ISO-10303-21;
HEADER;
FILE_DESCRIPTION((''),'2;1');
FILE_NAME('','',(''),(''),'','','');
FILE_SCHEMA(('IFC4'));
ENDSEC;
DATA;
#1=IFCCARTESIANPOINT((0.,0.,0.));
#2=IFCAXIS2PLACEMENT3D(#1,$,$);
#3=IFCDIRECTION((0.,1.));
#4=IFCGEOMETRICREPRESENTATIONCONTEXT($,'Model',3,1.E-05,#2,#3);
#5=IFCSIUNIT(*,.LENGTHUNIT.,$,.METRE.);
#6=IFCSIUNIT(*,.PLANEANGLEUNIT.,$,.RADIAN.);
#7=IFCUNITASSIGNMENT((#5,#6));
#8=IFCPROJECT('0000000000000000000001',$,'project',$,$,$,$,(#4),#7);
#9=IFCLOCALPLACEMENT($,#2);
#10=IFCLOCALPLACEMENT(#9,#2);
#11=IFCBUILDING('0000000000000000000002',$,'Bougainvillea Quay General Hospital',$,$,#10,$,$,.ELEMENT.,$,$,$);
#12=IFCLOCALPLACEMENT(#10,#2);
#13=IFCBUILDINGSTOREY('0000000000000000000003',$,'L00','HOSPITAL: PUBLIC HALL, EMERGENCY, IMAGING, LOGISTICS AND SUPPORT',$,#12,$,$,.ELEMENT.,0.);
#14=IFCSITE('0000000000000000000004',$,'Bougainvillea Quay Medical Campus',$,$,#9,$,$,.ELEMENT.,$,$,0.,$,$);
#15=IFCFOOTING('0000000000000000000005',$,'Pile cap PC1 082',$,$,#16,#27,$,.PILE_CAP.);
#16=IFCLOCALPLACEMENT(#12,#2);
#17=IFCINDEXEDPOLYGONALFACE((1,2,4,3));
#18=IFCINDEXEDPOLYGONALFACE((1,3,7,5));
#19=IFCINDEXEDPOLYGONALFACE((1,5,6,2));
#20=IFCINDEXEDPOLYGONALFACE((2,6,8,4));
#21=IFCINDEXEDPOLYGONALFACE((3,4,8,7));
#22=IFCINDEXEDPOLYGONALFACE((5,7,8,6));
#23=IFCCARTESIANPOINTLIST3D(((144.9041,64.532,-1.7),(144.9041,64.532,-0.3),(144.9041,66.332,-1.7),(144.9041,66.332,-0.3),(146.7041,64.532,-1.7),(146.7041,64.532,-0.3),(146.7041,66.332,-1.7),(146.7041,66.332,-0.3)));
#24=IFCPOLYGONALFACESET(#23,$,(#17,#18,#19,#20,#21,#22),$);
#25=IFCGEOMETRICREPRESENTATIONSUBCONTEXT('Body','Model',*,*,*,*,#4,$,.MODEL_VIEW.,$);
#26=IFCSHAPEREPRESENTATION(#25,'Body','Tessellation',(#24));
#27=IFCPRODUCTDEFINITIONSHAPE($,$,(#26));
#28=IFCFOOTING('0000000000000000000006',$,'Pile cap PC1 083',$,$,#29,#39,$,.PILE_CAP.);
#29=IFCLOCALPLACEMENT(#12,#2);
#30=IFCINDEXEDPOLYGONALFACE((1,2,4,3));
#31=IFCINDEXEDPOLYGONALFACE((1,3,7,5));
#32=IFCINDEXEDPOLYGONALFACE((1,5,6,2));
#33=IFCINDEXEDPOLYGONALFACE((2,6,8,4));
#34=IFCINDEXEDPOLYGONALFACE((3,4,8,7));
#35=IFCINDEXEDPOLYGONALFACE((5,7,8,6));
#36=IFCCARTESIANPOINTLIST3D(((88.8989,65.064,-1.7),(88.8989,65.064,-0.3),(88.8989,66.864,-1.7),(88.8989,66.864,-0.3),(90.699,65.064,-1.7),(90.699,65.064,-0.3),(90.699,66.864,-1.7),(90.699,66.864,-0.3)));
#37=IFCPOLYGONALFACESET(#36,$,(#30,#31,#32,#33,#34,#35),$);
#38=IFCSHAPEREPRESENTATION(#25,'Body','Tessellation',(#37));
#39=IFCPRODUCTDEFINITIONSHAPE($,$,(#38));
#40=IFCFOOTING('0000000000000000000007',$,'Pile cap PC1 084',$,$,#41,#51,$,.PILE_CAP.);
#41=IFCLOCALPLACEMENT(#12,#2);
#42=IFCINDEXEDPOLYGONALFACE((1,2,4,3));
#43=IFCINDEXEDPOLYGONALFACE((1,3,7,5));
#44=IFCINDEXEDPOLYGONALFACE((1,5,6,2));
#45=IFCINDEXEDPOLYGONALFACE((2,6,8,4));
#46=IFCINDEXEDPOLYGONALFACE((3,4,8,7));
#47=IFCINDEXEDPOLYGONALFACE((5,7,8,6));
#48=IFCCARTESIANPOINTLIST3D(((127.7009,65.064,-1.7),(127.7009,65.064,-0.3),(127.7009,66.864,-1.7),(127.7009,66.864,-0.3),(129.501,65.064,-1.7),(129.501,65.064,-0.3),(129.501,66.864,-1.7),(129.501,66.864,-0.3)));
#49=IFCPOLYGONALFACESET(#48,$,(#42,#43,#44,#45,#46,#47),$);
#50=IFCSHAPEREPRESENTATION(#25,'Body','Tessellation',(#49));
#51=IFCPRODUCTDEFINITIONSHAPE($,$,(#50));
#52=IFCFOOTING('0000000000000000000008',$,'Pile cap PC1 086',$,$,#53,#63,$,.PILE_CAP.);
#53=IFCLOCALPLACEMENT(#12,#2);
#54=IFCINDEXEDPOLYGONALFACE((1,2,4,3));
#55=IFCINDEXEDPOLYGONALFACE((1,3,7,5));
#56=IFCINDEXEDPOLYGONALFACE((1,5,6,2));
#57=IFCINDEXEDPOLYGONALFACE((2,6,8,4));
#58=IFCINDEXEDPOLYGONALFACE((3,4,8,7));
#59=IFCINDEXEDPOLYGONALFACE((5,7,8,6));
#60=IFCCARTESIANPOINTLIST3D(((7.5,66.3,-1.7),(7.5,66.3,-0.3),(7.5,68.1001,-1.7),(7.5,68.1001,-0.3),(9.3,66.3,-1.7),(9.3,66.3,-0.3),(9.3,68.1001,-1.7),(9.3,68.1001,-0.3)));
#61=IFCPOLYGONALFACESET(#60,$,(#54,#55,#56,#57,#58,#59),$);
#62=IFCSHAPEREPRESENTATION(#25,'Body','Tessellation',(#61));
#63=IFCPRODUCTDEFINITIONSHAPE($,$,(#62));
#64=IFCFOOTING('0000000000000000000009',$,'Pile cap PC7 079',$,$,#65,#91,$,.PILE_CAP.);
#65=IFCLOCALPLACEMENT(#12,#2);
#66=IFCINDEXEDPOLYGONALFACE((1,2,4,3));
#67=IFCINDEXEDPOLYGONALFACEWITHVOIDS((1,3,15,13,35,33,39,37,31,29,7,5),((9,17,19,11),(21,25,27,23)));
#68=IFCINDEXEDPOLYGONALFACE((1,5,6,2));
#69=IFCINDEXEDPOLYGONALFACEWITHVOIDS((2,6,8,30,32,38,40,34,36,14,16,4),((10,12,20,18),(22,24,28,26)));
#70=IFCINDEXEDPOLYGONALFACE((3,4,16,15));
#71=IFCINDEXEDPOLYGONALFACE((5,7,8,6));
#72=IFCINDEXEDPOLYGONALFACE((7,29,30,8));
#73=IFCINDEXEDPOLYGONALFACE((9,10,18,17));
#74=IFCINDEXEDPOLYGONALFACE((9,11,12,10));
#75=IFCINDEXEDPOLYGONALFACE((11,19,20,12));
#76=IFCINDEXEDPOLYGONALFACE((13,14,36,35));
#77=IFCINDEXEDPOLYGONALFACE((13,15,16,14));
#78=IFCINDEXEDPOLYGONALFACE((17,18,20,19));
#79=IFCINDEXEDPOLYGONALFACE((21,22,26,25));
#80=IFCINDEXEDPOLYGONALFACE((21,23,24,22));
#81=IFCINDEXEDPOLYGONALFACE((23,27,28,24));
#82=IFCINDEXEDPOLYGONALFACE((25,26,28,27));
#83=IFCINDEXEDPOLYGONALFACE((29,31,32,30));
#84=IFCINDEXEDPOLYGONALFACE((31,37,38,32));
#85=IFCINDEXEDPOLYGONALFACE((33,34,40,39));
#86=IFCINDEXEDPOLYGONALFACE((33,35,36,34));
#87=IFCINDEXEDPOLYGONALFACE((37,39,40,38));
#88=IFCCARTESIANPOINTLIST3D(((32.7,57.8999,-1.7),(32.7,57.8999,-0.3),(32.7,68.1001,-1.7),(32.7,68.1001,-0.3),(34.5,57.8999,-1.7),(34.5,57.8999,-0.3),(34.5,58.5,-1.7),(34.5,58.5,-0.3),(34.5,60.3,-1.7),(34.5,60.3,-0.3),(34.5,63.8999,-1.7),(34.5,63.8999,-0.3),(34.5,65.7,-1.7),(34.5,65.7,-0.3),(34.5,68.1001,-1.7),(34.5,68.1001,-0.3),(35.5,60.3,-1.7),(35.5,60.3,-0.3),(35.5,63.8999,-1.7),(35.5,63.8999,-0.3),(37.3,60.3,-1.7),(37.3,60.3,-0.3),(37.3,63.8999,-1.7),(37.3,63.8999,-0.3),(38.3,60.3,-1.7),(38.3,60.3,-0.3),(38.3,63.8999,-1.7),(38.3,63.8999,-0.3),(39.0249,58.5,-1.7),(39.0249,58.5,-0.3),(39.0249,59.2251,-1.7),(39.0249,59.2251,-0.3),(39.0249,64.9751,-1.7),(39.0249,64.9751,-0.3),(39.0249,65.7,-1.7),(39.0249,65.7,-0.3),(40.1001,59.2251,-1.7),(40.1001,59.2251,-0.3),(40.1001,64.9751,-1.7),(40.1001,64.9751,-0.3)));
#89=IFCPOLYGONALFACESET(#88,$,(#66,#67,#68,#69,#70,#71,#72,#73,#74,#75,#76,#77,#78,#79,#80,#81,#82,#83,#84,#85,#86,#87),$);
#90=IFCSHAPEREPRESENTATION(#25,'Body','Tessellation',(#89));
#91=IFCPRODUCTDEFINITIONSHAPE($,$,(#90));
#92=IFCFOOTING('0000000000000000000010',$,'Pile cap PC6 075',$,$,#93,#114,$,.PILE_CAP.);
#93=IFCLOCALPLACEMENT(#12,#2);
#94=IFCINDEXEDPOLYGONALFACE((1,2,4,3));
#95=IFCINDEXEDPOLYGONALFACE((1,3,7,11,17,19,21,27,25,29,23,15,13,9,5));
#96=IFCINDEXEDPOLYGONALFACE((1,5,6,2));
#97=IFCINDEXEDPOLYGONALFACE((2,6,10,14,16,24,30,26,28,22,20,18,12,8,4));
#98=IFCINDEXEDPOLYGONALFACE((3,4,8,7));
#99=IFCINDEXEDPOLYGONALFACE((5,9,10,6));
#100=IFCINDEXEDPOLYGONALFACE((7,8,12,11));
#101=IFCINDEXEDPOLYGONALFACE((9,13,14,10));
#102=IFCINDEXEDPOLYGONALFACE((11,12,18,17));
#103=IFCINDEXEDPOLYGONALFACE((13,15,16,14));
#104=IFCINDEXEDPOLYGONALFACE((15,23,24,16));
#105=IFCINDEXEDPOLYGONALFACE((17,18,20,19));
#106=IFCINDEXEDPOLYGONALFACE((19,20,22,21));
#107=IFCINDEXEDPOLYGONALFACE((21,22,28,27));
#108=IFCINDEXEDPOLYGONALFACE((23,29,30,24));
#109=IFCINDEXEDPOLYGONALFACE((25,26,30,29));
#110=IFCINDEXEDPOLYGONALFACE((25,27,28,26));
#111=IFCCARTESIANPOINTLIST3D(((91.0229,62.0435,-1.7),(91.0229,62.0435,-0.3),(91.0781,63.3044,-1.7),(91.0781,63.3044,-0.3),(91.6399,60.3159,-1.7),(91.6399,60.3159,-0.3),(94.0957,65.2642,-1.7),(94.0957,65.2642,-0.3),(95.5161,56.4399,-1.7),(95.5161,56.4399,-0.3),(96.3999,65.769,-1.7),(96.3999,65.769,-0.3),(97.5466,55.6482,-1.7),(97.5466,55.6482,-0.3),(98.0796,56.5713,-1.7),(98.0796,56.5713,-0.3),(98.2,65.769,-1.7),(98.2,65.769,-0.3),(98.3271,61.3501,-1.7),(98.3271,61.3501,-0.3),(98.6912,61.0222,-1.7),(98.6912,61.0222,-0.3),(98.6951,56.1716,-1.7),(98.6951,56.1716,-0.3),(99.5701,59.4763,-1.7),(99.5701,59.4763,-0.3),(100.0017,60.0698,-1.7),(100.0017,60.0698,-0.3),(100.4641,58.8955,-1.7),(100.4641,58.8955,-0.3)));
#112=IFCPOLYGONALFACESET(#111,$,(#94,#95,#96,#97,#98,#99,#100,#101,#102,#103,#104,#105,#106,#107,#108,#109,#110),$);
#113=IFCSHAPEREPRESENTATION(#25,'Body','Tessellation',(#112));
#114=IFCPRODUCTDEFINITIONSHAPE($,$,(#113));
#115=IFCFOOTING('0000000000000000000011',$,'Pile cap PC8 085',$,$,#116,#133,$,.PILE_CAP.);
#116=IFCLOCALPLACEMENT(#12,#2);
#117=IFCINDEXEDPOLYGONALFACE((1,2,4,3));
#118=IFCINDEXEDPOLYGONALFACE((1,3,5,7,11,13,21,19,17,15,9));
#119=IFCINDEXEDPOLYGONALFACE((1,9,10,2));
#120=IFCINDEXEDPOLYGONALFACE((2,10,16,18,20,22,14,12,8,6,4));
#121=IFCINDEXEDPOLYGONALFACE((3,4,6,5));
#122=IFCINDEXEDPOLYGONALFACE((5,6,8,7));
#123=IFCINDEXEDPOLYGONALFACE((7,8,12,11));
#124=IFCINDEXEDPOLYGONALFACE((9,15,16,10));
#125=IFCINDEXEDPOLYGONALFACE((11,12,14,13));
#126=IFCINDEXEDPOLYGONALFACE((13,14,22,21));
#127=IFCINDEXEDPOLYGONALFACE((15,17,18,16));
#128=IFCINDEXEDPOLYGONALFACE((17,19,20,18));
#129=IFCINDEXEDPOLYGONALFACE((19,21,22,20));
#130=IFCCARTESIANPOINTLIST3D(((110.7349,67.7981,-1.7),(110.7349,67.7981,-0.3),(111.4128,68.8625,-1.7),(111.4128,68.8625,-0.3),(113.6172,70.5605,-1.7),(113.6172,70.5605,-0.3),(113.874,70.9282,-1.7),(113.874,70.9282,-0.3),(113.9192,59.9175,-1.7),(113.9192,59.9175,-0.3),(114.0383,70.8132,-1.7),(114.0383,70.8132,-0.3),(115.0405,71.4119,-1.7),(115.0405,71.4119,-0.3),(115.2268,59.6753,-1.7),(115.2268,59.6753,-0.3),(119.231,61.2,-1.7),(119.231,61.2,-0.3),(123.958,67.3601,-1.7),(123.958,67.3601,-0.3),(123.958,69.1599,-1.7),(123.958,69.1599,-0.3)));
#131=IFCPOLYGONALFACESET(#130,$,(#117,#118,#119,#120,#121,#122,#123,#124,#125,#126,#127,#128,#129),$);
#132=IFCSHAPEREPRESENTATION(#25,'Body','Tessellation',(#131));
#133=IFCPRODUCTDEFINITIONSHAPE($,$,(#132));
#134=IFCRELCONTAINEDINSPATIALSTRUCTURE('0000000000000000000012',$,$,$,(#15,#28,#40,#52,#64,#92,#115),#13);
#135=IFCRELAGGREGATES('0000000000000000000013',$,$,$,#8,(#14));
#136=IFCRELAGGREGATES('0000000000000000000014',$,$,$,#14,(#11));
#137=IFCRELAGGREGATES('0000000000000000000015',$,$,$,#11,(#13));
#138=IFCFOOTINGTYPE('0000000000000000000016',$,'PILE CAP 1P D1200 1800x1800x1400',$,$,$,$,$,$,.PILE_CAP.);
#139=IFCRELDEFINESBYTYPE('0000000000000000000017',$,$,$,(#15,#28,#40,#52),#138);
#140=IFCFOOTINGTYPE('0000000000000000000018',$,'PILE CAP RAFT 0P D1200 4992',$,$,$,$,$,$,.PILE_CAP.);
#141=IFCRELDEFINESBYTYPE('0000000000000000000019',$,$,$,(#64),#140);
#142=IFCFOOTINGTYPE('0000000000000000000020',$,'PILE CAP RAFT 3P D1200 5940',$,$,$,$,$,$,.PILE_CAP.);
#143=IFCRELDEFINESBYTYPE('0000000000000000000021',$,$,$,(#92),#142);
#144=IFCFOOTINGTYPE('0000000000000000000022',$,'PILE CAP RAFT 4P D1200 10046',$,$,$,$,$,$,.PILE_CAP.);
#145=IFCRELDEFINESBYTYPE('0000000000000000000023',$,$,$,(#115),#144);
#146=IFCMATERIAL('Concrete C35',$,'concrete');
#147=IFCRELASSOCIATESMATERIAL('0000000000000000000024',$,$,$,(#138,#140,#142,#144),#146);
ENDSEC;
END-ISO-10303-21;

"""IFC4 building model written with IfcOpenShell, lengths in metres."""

from ifc_helpers import new_model, si_unit, direction, frame, origin, place, context, subcontext, project, spatial, polyline, outline, extrude, material, type_object, element, save


model = new_model("IFC4")

# Units and contexts
model_context = context("Model", 3, precision=1e-05, world=origin(), true_north=direction((0.0, 1.0)))
body_context = subcontext(model_context, "Body", "Model", "MODEL_VIEW")
ifc_project = project(units=[si_unit("LENGTHUNIT", "METRE"), si_unit("PLANEANGLEUNIT", "RADIAN")], contexts=[model_context])

# Site, building, storey
site_placement = place(None, origin())
site = spatial("IfcSite", under=ifc_project, at=site_placement, Name="Bougainvillea Quay Medical Campus", CompositionType="ELEMENT", RefElevation=0.0)
building_placement = place(site_placement, origin())
building = spatial("IfcBuilding", under=site, at=building_placement, Name="Bougainvillea Quay General Hospital", CompositionType="ELEMENT")
storey_placement = place(building_placement, origin())
storey = spatial("IfcBuildingStorey", under=building, at=storey_placement, Name="L00", Description="HOSPITAL: PUBLIC HALL, EMERGENCY, IMAGING, LOGISTICS AND SUPPORT", CompositionType="ELEMENT", Elevation=0.0)

# Footings
ifc_material = material(Name="Concrete C35", Category="concrete")
footing_type_1 = type_object("IfcFootingType", Name="PILE CAP 1P D1200 1800x1800x1400", PredefinedType="PILE_CAP", material=ifc_material)
footing_1_placement = place(storey_placement, frame((0.0, 0.0, -1.7)))
element("IfcFooting", 1, at=footing_1_placement, inside=storey, type_object=footing_type_1, Name="Pile cap PC1 082", PredefinedType="PILE_CAP", context=body_context, shape_type="SweptSolid", body=[
    extrude(outline(polyline([(144.9041, 64.532), (146.7041, 64.532), (146.7041, 66.332), (144.9041, 66.332), (144.9041, 64.532)])), origin(), (0.0, 0.0, 1.0), 1.3999),
])
footing_2_placement = place(storey_placement, frame((0.0, 0.0, -1.7)))
element("IfcFooting", 2, at=footing_2_placement, inside=storey, type_object=footing_type_1, Name="Pile cap PC1 083", PredefinedType="PILE_CAP", context=body_context, shape_type="SweptSolid", body=[
    extrude(outline(polyline([(88.8989, 65.064), (90.699, 65.064), (90.699, 66.864), (88.8989, 66.864), (88.8989, 65.064)])), origin(), (0.0, 0.0, 1.0), 1.3999),
])
footing_3_placement = place(storey_placement, frame((0.0, 0.0, -1.7)))
element("IfcFooting", 3, at=footing_3_placement, inside=storey, type_object=footing_type_1, Name="Pile cap PC1 084", PredefinedType="PILE_CAP", context=body_context, shape_type="SweptSolid", body=[
    extrude(outline(polyline([(127.7009, 65.064), (129.501, 65.064), (129.501, 66.864), (127.7009, 66.864), (127.7009, 65.064)])), origin(), (0.0, 0.0, 1.0), 1.3999),
])
footing_4_placement = place(storey_placement, frame((0.0, 0.0, -1.7)))
element("IfcFooting", 4, at=footing_4_placement, inside=storey, type_object=footing_type_1, Name="Pile cap PC1 086", PredefinedType="PILE_CAP", context=body_context, shape_type="SweptSolid", body=[
    extrude(outline(polyline([(7.5, 66.3), (9.3, 66.3), (9.3, 68.1001), (7.5, 68.1001), (7.5, 66.3)])), origin(), (0.0, 0.0, 1.0), 1.3999),
])
footing_type_2 = type_object("IfcFootingType", Name="PILE CAP RAFT 0P D1200 4992", PredefinedType="PILE_CAP", material=ifc_material)
footing_5_placement = place(storey_placement, frame((0.0, 0.0, -1.7)))
element("IfcFooting", 5, at=footing_5_placement, inside=storey, type_object=footing_type_2, Name="Pile cap PC7 079", PredefinedType="PILE_CAP", context=body_context, shape_type="SweptSolid", body=[
    extrude(outline(polyline([(40.1001, 64.9751), (40.1001, 59.2251), (39.0249, 59.2251), (39.0249, 58.5), (34.5, 58.5), (34.5, 57.8999), (32.7, 57.8999), (32.7, 68.1001), (34.5, 68.1001), (34.5, 65.7), (39.0249, 65.7), (39.0249, 64.9751), (40.1001, 64.9751)]), holes=[polyline([(38.3, 63.8999), (37.3, 63.8999), (37.3, 60.3), (38.3, 60.3), (38.3, 63.8999)]), polyline([(34.5, 60.3), (35.5, 60.3), (35.5, 63.8999), (34.5, 63.8999), (34.5, 60.3)])]), origin(), (0.0, 0.0, 1.0), 1.3999),
])
footing_type_3 = type_object("IfcFootingType", Name="PILE CAP RAFT 3P D1200 5940", PredefinedType="PILE_CAP", material=ifc_material)
footing_6_placement = place(storey_placement, frame((0.0, 0.0, -1.7)))
element("IfcFooting", 6, at=footing_6_placement, inside=storey, type_object=footing_type_3, Name="Pile cap PC6 075", PredefinedType="PILE_CAP", context=body_context, shape_type="SweptSolid", body=[
    extrude(outline(polyline([(100.0017, 60.0698), (99.5701, 59.4763), (100.4641, 58.8955), (98.6951, 56.1716), (98.0796, 56.5713), (97.5466, 55.6482), (95.5161, 56.4399), (91.6399, 60.3159), (91.0229, 62.0435), (91.0781, 63.3044), (94.0957, 65.2642), (96.3999, 65.769), (98.2, 65.769), (98.3271, 61.3501), (98.6912, 61.0222), (100.0017, 60.0698)])), origin(), (0.0, 0.0, 1.0), 1.3999),
])
footing_type_4 = type_object("IfcFootingType", Name="PILE CAP RAFT 4P D1200 10046", PredefinedType="PILE_CAP", material=ifc_material)
footing_7_placement = place(storey_placement, frame((0.0, 0.0, -1.7)))
element("IfcFooting", 7, at=footing_7_placement, inside=storey, type_object=footing_type_4, Name="Pile cap PC8 085", PredefinedType="PILE_CAP", context=body_context, shape_type="SweptSolid", body=[
    extrude(outline(polyline([(113.874, 70.9282), (114.0383, 70.8132), (115.0405, 71.4119), (123.958, 69.1599), (123.958, 67.3601), (119.231, 61.2), (115.2268, 59.6753), (113.9192, 59.9175), (110.7349, 67.7981), (111.4128, 68.8625), (113.6172, 70.5605), (113.874, 70.9282)])), origin(), (0.0, 0.0, 1.0), 1.3999),
])

save(model, "model.ifc")
